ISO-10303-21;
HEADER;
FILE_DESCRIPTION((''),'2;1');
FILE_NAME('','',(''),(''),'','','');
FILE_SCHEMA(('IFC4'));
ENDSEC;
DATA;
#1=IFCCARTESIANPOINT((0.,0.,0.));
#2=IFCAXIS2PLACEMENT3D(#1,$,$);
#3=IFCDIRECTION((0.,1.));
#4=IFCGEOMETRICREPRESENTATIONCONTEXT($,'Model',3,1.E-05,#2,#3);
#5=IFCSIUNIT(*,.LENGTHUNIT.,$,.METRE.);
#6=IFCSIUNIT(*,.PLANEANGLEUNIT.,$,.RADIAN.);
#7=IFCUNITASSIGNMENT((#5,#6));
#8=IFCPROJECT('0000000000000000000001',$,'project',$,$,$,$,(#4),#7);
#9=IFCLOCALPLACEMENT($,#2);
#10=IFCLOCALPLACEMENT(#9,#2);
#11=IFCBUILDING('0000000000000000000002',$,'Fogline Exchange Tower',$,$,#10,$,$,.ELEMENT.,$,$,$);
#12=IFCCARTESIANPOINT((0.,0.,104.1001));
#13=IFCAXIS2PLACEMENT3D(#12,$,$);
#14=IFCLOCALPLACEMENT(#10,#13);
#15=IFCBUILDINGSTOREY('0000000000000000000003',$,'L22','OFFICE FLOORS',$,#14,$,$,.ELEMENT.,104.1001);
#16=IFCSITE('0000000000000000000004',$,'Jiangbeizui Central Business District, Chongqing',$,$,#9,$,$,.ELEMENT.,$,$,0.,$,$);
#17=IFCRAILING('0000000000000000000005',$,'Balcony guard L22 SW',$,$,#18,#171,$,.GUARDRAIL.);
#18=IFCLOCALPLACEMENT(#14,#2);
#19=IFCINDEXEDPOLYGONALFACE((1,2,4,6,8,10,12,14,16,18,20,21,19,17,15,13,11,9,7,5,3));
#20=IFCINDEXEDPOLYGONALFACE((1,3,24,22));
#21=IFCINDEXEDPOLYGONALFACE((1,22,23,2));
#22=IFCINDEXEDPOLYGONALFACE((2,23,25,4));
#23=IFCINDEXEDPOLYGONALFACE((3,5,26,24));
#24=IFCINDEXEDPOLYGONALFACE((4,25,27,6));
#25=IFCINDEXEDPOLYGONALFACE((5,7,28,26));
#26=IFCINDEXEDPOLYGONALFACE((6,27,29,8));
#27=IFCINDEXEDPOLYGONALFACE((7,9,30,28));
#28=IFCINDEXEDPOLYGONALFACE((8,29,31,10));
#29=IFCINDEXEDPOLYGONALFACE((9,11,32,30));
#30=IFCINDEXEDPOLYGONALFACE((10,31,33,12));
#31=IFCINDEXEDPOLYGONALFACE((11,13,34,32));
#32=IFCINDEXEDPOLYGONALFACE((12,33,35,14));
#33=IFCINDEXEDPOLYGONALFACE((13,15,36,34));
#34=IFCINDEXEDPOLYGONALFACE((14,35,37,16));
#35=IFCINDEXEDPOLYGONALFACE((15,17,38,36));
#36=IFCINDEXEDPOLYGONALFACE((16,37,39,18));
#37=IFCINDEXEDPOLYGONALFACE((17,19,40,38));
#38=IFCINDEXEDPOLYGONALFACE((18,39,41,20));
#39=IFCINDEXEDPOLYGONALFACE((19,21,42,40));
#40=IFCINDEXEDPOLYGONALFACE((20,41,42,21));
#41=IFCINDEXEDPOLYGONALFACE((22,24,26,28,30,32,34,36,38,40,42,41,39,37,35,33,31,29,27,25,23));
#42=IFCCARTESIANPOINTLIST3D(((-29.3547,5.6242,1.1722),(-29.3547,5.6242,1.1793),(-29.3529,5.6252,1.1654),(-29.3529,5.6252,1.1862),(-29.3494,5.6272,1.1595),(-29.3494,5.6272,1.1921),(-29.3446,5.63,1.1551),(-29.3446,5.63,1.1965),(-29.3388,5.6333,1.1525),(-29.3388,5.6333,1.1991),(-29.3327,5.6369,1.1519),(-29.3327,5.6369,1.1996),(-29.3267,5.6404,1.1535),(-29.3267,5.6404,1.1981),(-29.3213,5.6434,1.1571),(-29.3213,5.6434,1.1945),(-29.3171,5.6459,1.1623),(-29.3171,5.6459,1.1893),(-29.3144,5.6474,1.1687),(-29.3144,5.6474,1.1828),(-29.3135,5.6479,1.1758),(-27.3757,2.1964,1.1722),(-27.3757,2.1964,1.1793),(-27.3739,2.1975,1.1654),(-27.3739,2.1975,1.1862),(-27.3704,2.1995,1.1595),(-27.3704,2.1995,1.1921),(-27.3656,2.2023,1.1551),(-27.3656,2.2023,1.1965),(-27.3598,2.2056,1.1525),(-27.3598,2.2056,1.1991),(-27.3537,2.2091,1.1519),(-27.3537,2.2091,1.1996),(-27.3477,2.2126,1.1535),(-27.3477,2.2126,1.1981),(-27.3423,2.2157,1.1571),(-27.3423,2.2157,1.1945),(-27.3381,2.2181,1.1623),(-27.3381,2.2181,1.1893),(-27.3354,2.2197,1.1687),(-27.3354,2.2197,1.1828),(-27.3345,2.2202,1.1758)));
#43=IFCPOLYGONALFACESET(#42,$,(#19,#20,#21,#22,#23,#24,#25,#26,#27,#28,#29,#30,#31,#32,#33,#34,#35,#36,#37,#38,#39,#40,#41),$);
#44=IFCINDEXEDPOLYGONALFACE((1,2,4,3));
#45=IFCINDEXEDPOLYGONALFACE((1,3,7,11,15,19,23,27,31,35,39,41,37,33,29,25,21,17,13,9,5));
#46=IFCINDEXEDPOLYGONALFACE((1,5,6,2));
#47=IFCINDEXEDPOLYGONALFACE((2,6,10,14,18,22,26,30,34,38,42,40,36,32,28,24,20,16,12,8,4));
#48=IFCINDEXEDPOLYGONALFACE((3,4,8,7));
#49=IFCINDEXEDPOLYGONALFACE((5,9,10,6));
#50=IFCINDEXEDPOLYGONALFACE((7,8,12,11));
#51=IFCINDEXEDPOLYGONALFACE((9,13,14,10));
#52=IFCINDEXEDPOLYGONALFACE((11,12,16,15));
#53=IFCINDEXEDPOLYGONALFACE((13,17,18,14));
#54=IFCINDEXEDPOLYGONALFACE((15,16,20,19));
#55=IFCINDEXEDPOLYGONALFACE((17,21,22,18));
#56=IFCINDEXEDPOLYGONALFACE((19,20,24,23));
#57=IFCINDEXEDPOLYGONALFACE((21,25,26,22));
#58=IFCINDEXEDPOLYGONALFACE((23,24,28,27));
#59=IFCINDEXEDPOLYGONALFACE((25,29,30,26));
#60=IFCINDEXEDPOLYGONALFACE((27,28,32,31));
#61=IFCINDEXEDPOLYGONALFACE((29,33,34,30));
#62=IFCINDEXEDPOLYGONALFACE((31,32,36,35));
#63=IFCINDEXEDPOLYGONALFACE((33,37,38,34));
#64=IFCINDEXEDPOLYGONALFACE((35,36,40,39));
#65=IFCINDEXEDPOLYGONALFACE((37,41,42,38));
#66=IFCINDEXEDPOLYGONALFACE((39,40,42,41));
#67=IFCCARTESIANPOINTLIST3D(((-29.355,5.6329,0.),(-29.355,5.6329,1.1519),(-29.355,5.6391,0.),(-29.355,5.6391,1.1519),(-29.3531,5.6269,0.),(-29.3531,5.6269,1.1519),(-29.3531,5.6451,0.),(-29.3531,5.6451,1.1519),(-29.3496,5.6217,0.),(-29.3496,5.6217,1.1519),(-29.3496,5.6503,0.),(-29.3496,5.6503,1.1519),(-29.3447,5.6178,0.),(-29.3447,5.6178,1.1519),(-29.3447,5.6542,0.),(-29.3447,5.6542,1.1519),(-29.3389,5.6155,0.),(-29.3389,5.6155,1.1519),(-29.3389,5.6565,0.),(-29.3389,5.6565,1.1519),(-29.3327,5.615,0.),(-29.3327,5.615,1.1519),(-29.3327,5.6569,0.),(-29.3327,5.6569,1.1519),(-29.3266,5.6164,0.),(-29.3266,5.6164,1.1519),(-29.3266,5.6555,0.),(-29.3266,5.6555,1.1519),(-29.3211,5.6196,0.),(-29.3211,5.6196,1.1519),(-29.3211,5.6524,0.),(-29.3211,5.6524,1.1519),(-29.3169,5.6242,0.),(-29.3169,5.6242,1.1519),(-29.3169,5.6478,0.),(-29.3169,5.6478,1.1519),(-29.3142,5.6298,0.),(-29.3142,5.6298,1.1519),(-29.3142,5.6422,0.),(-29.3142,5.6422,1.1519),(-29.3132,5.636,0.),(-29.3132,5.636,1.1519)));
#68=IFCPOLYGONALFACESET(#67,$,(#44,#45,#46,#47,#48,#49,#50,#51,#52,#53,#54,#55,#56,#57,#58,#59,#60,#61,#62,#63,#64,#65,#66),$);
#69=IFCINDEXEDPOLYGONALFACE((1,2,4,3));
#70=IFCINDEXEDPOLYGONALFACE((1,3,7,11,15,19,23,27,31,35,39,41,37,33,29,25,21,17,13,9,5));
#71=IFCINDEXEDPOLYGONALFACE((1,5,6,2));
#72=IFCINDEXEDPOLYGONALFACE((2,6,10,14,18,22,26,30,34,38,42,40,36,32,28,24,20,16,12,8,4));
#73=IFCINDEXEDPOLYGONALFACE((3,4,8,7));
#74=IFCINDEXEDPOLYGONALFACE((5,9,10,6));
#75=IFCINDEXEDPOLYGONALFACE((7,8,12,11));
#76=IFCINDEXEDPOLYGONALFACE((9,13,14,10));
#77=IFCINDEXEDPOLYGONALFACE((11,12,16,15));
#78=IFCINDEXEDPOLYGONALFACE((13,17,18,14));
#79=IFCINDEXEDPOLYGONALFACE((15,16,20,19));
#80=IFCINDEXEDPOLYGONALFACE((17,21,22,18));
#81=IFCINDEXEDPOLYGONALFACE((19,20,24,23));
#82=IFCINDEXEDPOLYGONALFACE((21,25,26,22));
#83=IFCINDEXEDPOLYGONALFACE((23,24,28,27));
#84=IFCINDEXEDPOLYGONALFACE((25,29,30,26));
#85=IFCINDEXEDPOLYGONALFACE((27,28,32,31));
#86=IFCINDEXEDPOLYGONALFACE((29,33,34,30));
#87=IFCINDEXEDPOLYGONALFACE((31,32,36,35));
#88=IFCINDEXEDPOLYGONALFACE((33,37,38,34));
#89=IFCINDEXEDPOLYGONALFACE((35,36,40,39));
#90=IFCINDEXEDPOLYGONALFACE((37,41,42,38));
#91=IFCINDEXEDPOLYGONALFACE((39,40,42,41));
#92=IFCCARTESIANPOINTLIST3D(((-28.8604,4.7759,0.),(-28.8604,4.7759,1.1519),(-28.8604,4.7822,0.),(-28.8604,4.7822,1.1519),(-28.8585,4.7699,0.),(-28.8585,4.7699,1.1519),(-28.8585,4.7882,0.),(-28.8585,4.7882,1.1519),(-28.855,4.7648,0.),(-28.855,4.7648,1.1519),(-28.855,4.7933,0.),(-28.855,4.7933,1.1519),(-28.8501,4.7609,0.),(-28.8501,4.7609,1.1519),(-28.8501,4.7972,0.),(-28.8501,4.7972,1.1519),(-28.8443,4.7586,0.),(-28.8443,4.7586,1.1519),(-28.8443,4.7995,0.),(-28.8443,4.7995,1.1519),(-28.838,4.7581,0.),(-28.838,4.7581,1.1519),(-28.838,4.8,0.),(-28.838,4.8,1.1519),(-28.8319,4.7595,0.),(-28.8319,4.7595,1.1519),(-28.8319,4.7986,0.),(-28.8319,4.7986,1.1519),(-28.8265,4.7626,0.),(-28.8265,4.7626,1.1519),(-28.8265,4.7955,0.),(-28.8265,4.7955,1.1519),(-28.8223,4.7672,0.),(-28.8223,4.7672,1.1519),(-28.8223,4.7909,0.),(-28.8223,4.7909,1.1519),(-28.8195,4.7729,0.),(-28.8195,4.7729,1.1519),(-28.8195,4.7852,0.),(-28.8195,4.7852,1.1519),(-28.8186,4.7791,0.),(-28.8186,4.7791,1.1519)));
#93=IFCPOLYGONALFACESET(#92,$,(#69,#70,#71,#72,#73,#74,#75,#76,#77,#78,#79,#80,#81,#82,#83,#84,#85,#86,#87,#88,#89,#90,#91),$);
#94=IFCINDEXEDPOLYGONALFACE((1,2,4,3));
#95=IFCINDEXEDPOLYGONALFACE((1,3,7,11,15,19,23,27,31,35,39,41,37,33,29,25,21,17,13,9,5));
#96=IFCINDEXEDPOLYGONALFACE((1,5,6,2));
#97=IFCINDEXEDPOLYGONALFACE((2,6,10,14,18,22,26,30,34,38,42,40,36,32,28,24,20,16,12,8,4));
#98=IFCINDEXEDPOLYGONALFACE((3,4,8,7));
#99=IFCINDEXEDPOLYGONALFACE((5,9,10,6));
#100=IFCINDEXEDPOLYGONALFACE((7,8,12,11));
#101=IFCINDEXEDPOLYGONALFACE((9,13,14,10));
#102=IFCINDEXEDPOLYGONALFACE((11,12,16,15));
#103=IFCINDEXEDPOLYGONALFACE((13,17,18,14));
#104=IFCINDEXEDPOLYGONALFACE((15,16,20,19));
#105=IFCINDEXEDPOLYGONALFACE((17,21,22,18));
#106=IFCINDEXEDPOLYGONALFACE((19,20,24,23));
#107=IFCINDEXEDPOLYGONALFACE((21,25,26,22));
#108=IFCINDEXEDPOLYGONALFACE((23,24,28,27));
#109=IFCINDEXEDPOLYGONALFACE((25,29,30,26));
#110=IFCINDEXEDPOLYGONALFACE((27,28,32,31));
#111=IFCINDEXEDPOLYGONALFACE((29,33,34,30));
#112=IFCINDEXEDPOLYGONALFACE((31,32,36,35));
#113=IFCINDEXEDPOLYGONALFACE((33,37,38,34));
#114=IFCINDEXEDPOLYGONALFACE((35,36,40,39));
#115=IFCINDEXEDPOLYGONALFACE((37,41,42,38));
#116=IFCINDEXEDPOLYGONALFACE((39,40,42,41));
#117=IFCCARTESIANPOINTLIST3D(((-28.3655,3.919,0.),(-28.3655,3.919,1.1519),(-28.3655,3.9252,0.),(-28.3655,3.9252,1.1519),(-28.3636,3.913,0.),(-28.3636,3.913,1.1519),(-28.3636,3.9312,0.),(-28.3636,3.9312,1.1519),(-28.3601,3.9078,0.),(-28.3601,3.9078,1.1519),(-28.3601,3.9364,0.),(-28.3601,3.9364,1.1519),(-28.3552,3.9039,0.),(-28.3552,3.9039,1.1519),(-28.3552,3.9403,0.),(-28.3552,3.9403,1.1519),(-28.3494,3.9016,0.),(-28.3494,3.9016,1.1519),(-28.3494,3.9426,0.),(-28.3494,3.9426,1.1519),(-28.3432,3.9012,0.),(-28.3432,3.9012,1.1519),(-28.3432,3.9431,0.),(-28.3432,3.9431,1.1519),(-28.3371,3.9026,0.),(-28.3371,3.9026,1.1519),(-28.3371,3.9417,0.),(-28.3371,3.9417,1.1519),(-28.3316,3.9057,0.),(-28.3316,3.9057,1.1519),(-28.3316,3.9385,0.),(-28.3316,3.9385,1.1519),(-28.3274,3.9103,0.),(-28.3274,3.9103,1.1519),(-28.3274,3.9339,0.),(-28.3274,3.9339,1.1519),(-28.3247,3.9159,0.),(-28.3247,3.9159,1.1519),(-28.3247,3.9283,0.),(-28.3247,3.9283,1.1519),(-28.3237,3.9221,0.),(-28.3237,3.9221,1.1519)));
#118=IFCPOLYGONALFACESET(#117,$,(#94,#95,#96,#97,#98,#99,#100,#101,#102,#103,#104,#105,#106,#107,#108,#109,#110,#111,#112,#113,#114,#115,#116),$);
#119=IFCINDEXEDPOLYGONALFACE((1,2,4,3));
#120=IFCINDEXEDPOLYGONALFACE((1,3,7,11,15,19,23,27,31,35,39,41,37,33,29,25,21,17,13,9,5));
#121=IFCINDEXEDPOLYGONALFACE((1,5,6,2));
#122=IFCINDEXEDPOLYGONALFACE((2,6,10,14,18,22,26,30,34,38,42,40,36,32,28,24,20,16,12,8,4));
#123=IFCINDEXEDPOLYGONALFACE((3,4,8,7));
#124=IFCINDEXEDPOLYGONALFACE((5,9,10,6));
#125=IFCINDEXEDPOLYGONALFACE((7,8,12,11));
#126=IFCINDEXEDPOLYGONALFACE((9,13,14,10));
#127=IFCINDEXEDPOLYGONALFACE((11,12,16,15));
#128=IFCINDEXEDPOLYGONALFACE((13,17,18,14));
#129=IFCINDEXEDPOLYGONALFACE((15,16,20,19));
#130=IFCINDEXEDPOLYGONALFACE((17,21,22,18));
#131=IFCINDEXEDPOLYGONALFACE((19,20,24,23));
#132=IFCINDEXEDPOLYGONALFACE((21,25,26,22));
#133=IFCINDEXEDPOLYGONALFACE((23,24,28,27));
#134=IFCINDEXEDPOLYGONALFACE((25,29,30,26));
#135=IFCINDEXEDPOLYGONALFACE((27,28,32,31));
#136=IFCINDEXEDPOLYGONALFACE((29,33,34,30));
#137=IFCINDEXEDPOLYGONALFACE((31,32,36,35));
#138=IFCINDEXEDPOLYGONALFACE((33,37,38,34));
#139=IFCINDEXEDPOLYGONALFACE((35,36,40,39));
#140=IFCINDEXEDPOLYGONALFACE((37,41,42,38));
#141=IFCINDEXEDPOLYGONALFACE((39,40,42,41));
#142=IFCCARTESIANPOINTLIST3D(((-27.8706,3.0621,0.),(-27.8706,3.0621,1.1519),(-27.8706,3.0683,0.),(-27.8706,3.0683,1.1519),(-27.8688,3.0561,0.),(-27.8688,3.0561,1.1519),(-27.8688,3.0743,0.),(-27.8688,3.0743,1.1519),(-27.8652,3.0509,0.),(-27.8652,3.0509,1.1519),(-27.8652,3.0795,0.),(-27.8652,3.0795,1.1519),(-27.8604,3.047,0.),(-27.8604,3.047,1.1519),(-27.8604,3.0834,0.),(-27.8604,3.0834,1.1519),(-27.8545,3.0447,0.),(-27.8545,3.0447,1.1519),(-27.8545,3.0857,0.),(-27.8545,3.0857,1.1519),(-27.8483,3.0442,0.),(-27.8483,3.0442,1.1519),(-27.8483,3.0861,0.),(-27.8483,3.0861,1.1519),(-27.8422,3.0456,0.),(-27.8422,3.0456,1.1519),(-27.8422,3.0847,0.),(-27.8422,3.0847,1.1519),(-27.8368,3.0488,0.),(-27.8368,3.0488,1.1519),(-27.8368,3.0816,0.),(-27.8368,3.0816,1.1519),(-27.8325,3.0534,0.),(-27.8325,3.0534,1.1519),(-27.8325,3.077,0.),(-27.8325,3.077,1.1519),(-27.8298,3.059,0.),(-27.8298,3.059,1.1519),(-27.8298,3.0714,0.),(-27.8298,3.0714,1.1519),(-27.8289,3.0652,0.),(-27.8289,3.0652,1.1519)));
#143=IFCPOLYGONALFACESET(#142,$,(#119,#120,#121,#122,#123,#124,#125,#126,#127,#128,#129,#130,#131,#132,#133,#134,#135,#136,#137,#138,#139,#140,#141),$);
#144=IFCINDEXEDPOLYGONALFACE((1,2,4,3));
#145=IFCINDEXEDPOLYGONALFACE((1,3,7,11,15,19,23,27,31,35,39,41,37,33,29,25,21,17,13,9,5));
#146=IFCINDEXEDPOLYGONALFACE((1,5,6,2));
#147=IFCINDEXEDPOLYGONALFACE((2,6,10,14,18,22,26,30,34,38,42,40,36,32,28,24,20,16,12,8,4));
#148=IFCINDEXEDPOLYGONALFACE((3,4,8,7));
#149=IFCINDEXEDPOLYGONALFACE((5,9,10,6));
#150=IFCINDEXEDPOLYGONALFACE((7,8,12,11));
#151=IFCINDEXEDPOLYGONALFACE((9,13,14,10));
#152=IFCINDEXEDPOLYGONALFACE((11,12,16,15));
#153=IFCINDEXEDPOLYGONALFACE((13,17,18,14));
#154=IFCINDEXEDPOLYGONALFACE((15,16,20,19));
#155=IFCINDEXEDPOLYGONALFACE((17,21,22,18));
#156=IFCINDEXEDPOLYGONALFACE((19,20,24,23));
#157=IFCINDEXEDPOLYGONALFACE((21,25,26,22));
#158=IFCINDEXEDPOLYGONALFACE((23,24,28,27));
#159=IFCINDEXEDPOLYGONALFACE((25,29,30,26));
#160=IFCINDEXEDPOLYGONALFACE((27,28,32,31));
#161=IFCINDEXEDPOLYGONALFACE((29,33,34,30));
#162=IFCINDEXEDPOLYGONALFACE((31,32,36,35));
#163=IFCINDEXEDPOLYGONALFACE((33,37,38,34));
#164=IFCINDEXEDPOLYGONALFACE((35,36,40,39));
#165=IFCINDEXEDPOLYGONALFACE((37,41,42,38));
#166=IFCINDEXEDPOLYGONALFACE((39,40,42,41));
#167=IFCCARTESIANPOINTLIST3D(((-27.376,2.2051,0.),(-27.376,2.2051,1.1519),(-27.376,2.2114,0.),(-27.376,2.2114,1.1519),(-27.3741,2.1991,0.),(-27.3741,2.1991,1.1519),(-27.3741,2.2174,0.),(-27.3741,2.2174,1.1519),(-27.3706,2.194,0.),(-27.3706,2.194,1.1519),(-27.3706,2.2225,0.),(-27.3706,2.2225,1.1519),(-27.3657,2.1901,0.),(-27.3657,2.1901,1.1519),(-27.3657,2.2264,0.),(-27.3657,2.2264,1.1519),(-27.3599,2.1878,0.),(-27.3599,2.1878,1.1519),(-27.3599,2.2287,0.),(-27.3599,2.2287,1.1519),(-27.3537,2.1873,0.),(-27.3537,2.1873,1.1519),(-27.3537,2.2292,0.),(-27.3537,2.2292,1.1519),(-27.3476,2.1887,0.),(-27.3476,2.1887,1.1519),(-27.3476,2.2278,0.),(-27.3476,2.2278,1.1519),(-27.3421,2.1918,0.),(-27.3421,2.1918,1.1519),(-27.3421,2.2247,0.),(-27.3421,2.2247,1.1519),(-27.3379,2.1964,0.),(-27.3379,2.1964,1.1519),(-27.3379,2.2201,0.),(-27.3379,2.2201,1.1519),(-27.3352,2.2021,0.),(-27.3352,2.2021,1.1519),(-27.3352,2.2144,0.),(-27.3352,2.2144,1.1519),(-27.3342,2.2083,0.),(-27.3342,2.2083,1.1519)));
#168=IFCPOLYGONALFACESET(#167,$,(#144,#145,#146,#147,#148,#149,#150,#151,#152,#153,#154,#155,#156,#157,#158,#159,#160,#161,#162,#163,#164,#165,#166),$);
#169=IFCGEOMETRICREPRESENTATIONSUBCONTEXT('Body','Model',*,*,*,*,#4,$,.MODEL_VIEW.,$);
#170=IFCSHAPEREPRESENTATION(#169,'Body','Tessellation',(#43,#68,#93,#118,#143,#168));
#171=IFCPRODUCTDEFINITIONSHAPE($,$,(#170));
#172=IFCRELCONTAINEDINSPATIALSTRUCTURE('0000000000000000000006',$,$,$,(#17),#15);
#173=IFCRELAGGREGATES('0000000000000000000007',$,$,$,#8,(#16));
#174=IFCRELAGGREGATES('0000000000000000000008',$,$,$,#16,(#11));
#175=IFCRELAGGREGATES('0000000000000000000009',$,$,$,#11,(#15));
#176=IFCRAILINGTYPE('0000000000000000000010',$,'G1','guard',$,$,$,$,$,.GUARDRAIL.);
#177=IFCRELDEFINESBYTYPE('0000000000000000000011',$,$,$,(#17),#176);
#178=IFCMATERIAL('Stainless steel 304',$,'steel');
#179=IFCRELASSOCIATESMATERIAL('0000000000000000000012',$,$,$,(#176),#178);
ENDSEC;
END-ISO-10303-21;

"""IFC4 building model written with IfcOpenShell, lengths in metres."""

from ifc_helpers import new_model, si_unit, direction, frame, origin, origin_2d, place, context, subcontext, project, spatial, circle, extrude, material, type_object, element, save


model = new_model("IFC4")

# Units and contexts
model_context = context("Model", 3, precision=1e-05, world=origin(), true_north=direction((0.0, 1.0)))
body_context = subcontext(model_context, "Body", "Model", "MODEL_VIEW")
ifc_project = project(units=[si_unit("LENGTHUNIT", "METRE"), si_unit("PLANEANGLEUNIT", "RADIAN")], contexts=[model_context])

# Site, building, storey
site_placement = place(None, origin())
site = spatial("IfcSite", under=ifc_project, at=site_placement, Name="Jiangbeizui Central Business District, Chongqing", CompositionType="ELEMENT", RefElevation=0.0)
building_placement = place(site_placement, origin())
building = spatial("IfcBuilding", under=site, at=building_placement, Name="Fogline Exchange Tower", CompositionType="ELEMENT")
storey_placement = place(building_placement, frame((0.0, 0.0, 104.1001)))
storey = spatial("IfcBuildingStorey", under=building, at=storey_placement, Name="L22", Description="OFFICE FLOORS", CompositionType="ELEMENT", Elevation=104.1001)

# Railing
ifc_material_1 = material(Name="Stainless steel 304", Category="steel")
railing_type = type_object("IfcRailingType", Name="G1", Description="guard", PredefinedType="GUARDRAIL", material=ifc_material_1)
railing_placement = place(storey_placement, frame((-29.3342, 5.636, 0.0)))
element("IfcRailing", 1, at=railing_placement, inside=storey, type_object=railing_type, Name="Balcony guard L22 SW", PredefinedType="GUARDRAIL", context=body_context, shape_type="SweptSolid", body=[
    extrude(circle(Radius=0.0239, at=origin_2d()), frame((0.0, 0.0, 1.1758), z_axis=(0.5, -0.866025, 0.0), x_axis=(0.866025, 0.5, 0.0)), (0.0, 0.0, 1.0), 3.958),
    extrude(circle(Radius=0.021, at=origin_2d()), origin(), (0.0, 0.0, 1.0), 1.1519),
    extrude(circle(Radius=0.021, at=origin_2d()), frame((0.4946, -0.8569, 0.0)), (0.0, 0.0, 1.0), 1.1519),
    extrude(circle(Radius=0.021, at=origin_2d()), frame((0.9895, -1.7139, 0.0)), (0.0, 0.0, 1.0), 1.1519),
    extrude(circle(Radius=0.021, at=origin_2d()), frame((1.4844, -2.5708, 0.0)), (0.0, 0.0, 1.0), 1.1519),
    extrude(circle(Radius=0.021, at=origin_2d()), frame((1.979, -3.4277, 0.0)), (0.0, 0.0, 1.0), 1.1519),
])

save(model, "model.ifc")
